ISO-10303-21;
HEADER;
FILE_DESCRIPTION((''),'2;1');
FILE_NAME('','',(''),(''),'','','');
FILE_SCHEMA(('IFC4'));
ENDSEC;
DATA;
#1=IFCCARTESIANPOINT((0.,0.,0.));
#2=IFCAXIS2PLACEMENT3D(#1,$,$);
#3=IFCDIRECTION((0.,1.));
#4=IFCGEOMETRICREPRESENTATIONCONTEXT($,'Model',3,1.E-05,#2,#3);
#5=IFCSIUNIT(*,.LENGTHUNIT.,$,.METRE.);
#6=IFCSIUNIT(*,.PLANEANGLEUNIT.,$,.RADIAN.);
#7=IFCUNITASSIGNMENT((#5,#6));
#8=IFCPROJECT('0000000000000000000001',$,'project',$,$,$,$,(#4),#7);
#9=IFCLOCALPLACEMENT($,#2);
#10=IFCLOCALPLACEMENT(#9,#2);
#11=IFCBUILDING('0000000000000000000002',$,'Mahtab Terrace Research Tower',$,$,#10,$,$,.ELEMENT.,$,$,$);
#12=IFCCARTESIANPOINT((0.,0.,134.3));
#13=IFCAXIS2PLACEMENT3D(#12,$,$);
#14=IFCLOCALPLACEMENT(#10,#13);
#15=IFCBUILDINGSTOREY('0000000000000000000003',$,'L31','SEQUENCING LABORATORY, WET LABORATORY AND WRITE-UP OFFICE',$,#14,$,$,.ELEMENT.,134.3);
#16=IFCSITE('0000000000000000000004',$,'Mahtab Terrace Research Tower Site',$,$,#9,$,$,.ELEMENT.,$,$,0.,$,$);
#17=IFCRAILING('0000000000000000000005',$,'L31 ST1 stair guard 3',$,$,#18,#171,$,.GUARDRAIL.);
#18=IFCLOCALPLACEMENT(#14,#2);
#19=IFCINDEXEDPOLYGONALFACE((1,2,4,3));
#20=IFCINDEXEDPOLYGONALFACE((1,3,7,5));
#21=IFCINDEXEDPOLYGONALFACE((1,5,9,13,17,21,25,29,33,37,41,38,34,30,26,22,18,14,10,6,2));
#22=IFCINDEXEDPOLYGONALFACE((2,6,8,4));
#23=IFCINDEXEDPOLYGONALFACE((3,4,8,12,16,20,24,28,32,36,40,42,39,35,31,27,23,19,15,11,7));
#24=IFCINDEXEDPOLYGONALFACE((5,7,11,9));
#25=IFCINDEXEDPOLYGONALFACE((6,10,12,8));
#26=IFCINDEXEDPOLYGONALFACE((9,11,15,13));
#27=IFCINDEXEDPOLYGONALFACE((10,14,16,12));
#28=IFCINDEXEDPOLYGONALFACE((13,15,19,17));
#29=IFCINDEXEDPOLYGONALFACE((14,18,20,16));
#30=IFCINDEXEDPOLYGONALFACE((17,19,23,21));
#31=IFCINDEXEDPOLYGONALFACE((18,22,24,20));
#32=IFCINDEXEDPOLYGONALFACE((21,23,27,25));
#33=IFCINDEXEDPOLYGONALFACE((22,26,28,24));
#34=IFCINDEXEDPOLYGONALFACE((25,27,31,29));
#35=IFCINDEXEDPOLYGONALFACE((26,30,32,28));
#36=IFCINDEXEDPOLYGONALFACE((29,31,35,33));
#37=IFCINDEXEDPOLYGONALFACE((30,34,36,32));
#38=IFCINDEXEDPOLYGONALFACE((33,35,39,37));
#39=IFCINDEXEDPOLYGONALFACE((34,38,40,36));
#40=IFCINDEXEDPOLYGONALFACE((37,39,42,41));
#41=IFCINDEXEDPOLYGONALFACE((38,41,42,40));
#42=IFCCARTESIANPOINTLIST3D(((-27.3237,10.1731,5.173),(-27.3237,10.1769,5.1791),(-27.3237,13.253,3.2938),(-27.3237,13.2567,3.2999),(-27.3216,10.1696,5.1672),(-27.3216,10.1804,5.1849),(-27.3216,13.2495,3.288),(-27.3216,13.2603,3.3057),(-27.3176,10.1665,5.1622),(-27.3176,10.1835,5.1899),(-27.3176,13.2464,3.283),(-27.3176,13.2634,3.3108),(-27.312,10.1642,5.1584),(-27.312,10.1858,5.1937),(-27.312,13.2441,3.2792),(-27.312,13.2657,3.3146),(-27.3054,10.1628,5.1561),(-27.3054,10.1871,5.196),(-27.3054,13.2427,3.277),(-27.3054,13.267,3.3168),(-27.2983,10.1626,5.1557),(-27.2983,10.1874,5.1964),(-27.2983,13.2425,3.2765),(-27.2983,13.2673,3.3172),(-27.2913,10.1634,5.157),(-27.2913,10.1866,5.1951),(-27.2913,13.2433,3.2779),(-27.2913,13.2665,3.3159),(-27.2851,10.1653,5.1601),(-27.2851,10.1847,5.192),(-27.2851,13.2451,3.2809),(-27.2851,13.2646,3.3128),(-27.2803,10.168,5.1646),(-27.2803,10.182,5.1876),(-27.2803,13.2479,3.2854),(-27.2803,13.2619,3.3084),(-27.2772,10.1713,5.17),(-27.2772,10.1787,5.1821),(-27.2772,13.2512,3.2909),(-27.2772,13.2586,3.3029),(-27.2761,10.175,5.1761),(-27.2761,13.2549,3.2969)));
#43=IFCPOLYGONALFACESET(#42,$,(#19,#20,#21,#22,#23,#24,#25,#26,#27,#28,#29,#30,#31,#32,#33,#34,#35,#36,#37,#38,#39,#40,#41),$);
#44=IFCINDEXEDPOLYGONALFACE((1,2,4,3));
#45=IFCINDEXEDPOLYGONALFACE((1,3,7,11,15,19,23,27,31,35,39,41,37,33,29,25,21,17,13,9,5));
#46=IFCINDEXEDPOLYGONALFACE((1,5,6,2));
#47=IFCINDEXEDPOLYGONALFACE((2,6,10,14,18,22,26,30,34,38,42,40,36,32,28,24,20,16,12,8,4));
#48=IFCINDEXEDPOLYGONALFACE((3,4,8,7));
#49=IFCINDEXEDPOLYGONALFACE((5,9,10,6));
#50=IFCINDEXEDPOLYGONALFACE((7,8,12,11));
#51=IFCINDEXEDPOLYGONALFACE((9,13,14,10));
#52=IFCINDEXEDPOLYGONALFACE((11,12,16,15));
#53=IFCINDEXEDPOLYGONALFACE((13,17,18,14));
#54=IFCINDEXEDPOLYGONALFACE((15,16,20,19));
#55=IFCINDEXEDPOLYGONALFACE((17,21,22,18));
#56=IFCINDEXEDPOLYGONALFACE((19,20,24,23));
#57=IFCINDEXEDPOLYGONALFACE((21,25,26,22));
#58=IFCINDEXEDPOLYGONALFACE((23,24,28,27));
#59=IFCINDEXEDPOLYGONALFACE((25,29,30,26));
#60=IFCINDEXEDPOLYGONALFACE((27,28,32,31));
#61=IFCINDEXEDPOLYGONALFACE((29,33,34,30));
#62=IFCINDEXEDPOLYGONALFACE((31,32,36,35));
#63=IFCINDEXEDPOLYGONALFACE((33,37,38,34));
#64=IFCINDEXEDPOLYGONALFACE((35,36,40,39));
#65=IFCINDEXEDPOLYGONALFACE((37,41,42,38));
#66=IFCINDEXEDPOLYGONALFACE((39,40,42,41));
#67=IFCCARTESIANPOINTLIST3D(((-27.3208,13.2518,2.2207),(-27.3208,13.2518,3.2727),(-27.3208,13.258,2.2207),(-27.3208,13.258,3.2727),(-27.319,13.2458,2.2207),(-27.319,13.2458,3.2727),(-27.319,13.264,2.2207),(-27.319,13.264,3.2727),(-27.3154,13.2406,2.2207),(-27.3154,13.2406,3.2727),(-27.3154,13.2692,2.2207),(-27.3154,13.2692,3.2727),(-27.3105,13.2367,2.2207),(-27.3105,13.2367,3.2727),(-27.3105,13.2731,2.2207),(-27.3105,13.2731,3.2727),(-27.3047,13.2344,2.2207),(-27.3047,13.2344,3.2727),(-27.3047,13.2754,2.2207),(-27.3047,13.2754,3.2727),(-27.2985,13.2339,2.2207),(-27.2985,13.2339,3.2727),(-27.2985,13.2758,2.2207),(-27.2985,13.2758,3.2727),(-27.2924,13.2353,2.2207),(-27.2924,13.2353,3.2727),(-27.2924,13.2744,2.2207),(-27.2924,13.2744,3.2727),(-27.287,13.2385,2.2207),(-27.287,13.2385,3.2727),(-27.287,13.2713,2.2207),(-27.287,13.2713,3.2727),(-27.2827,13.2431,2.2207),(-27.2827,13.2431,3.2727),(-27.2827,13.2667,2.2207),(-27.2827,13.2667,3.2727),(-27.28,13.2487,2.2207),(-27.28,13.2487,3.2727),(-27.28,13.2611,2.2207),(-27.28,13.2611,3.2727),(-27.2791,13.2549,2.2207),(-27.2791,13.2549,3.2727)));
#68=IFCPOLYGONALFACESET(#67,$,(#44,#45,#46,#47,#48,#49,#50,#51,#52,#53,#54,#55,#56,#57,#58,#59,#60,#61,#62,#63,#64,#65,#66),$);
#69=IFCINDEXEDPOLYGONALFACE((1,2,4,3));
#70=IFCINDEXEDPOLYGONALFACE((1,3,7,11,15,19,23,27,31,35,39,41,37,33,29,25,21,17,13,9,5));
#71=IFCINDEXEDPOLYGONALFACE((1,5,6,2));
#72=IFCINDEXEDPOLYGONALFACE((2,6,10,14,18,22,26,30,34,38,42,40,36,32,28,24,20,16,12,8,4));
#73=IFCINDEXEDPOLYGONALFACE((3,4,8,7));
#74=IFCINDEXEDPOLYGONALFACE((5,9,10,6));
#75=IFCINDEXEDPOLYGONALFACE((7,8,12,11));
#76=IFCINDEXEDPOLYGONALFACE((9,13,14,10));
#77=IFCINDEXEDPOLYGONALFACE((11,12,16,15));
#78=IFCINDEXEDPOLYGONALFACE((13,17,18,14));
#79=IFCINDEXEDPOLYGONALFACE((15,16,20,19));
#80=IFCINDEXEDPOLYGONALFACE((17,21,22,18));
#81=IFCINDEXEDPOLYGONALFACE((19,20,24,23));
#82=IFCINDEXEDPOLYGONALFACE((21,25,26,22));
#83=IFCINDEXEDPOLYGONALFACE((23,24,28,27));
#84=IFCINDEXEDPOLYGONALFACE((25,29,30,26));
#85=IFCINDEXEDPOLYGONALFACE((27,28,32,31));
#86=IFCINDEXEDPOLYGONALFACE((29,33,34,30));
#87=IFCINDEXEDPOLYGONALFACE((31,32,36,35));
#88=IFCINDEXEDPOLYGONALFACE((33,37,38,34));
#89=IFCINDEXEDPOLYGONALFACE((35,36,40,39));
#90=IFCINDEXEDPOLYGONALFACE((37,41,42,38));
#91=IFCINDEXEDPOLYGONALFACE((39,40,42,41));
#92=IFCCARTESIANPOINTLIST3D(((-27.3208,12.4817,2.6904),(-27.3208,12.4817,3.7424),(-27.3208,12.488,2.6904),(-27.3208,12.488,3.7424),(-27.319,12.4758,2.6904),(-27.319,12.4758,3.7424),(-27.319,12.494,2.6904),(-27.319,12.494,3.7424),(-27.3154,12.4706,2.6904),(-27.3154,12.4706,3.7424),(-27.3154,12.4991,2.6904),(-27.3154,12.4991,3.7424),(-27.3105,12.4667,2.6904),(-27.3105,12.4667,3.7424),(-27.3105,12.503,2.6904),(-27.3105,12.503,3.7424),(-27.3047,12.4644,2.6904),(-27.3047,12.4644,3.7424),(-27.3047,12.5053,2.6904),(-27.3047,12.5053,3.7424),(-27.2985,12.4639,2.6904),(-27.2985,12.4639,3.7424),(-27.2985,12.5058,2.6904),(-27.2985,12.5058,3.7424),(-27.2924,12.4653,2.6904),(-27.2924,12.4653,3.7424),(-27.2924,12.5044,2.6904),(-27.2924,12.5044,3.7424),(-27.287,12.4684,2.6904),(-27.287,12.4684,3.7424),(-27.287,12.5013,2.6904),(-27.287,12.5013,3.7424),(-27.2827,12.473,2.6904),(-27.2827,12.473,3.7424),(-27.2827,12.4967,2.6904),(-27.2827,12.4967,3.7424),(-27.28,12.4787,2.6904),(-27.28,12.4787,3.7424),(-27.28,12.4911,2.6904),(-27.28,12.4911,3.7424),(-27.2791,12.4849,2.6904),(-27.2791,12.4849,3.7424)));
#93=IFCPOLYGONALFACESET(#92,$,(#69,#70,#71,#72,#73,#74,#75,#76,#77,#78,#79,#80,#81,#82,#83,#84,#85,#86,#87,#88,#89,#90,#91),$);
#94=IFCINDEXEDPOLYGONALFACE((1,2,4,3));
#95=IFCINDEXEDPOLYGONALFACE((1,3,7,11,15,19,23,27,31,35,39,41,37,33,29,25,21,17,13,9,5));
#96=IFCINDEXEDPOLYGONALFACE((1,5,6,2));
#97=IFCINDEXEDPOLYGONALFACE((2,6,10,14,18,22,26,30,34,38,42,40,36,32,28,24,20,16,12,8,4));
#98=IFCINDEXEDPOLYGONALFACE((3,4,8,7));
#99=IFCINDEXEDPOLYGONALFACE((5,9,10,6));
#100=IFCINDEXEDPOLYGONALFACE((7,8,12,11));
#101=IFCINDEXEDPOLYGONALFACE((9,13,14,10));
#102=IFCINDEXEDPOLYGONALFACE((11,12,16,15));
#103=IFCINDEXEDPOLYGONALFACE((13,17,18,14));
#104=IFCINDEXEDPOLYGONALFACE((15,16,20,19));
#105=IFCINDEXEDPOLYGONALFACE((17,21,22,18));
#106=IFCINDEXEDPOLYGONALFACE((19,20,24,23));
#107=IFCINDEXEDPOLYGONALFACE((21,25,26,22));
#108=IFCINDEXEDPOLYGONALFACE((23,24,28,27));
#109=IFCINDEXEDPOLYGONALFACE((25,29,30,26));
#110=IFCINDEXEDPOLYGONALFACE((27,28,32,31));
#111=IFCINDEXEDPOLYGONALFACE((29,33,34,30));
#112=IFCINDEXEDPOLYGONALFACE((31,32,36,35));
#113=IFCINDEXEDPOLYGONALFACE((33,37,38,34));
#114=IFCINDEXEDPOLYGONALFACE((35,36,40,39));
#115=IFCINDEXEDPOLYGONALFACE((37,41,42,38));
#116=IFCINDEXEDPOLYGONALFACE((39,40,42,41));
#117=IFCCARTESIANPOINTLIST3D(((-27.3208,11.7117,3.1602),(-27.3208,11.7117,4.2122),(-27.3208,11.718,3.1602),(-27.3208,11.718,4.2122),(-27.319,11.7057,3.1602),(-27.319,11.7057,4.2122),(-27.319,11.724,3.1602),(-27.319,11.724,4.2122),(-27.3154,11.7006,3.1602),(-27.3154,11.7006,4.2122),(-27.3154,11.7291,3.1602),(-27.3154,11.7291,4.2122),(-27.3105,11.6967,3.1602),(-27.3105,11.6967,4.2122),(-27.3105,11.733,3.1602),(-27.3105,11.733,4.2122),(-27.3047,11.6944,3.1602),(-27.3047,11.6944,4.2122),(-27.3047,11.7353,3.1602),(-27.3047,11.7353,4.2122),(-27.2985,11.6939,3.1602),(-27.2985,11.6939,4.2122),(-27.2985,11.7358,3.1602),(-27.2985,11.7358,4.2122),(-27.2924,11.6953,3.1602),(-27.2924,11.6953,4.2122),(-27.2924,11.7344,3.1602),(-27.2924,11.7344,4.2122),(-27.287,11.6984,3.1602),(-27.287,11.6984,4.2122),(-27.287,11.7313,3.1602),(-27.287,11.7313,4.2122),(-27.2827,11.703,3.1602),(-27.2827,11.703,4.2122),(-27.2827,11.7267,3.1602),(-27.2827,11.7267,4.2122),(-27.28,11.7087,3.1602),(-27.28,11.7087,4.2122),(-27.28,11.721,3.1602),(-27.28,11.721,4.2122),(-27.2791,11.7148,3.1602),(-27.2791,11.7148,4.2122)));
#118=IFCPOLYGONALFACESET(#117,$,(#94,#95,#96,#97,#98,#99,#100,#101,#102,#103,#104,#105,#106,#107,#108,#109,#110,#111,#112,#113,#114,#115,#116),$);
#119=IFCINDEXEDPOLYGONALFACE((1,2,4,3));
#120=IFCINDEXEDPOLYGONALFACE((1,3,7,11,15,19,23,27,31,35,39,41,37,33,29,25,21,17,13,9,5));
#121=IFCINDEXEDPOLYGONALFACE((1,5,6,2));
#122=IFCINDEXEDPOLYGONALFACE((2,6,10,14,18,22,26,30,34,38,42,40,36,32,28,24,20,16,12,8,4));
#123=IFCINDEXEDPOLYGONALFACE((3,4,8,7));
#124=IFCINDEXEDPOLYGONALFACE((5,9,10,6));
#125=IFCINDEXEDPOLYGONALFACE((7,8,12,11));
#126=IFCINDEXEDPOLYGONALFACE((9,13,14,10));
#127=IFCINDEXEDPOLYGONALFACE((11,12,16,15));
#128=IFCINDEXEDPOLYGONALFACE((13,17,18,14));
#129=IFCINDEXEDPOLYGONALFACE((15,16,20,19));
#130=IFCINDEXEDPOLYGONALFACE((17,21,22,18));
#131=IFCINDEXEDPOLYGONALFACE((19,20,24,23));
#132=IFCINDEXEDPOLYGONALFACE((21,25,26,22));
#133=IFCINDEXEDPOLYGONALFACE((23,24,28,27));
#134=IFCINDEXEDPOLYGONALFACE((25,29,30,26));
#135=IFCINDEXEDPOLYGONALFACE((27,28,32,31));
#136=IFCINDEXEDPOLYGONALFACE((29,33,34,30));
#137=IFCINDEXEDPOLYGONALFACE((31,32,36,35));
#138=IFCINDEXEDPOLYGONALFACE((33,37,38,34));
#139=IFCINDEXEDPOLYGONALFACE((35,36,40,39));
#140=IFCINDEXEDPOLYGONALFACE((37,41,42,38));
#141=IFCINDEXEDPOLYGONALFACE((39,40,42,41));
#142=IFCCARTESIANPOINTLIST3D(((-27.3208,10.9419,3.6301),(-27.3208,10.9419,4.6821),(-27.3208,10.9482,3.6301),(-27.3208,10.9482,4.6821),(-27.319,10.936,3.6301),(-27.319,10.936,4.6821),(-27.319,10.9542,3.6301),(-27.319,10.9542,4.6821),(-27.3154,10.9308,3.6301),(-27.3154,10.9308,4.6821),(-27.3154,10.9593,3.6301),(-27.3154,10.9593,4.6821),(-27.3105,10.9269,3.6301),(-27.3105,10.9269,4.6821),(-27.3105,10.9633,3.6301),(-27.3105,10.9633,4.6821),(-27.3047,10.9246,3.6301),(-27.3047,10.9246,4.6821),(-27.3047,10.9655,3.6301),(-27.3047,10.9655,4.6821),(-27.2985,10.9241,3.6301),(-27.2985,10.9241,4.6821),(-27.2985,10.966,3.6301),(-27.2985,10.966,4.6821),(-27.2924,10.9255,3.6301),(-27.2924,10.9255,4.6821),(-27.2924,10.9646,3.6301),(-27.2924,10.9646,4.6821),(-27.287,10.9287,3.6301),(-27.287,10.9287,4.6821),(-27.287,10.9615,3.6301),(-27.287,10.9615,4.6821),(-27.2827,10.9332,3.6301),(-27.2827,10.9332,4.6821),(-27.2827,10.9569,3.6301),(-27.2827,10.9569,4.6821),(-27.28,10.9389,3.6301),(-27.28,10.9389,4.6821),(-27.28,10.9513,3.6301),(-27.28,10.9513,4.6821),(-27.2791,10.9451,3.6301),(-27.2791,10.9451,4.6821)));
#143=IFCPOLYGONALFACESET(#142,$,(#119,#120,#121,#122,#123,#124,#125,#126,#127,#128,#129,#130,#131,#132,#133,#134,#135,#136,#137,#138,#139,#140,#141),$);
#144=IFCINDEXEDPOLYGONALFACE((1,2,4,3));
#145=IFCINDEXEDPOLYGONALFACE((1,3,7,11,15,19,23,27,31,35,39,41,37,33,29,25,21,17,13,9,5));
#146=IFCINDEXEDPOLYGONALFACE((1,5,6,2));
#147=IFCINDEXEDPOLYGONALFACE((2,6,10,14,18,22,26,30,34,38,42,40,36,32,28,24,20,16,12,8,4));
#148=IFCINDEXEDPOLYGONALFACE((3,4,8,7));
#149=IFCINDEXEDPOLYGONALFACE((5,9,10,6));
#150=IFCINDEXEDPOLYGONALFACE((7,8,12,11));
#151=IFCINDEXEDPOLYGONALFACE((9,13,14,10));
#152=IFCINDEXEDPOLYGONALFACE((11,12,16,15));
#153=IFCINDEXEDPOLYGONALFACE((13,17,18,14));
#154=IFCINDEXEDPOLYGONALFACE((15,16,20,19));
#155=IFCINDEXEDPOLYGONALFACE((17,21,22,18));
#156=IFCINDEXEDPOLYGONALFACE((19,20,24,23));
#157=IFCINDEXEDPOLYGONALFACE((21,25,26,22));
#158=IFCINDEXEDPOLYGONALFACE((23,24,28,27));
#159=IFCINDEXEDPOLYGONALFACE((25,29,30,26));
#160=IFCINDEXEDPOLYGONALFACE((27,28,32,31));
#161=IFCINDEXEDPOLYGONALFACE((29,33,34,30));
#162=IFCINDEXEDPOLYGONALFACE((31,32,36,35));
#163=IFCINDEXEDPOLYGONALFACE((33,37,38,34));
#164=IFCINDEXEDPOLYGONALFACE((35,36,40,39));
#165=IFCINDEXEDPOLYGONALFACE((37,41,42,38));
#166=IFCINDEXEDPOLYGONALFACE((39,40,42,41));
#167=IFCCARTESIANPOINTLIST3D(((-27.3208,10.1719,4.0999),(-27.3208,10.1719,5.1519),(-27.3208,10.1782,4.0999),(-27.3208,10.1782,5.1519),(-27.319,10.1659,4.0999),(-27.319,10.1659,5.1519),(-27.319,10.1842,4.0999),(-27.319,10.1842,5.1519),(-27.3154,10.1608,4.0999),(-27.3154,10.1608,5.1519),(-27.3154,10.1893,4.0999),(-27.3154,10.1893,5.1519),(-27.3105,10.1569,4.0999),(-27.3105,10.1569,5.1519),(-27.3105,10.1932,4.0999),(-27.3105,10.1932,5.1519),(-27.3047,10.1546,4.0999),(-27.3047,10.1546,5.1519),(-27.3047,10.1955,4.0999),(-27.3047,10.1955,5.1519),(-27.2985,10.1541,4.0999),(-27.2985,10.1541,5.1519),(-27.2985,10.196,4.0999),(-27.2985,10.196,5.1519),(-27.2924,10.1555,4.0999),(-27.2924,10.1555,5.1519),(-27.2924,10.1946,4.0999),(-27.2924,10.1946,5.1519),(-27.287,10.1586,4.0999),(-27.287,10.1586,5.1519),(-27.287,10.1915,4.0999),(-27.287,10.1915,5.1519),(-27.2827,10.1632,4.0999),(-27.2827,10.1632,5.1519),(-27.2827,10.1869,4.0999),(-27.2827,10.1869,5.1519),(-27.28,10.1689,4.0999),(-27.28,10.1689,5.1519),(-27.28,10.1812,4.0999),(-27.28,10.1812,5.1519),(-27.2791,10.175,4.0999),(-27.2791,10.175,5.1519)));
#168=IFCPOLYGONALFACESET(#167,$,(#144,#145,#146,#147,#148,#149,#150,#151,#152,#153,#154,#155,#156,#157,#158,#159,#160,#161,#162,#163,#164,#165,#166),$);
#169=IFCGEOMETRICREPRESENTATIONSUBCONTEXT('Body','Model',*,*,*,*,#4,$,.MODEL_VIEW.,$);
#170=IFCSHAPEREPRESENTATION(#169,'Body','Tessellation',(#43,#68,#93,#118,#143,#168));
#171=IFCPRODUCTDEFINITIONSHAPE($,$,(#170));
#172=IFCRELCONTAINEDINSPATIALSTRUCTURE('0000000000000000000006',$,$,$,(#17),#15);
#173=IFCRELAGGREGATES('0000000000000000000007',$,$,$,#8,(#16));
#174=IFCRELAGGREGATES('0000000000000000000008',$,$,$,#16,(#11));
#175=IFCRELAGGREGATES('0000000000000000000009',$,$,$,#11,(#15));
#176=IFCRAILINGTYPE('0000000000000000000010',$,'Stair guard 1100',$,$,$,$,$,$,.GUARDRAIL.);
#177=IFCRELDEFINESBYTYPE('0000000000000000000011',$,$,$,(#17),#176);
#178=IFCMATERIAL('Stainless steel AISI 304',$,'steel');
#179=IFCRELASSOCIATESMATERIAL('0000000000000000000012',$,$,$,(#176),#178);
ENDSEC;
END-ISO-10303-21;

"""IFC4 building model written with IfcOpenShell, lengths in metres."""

from ifc_helpers import new_model, si_unit, direction, frame, origin, origin_2d, place, context, subcontext, project, spatial, circle, extrude, material, type_object, element, save


model = new_model("IFC4")

# Units and contexts
model_context = context("Model", 3, precision=1e-05, world=origin(), true_north=direction((0.0, 1.0)))
body_context = subcontext(model_context, "Body", "Model", "MODEL_VIEW")
ifc_project = project(units=[si_unit("LENGTHUNIT", "METRE"), si_unit("PLANEANGLEUNIT", "RADIAN")], contexts=[model_context])

# Site, building, storey
site_placement = place(None, origin())
site = spatial("IfcSite", under=ifc_project, at=site_placement, Name="Mahtab Terrace Research Tower Site", CompositionType="ELEMENT", RefElevation=0.0)
building_placement = place(site_placement, origin())
building = spatial("IfcBuilding", under=site, at=building_placement, Name="Mahtab Terrace Research Tower", CompositionType="ELEMENT")
storey_placement = place(building_placement, frame((0.0, 0.0, 134.3)))
storey = spatial("IfcBuildingStorey", under=building, at=storey_placement, Name="L31", Description="SEQUENCING LABORATORY, WET LABORATORY AND WRITE-UP OFFICE", CompositionType="ELEMENT", Elevation=134.3)

# Railing
ifc_material_1 = material(Name="Stainless steel AISI 304", Category="steel")
railing_type_1 = type_object("IfcRailingType", Name="Stair guard 1100", PredefinedType="GUARDRAIL", material=ifc_material_1)
railing_1_placement = place(storey_placement, frame((-27.3, 13.2549, 2.2207)))
element("IfcRailing", 1, at=railing_1_placement, inside=storey, type_object=railing_type_1, Name="L31 ST1 stair guard 3", PredefinedType="GUARDRAIL", context=body_context, shape_type="SweptSolid", body=[
    extrude(circle(Radius=0.0239, at=origin_2d()), frame((0.0, 0.0, 1.0762), z_axis=(0.0, -0.853648, 0.52085), x_axis=(1.0, 0.0, 0.0)), (0.0, 0.0, 1.0), 3.6079),
    extrude(circle(Radius=0.021, at=origin_2d()), origin(), (0.0, 0.0, 1.0), 1.052),
    extrude(circle(Radius=0.021, at=origin_2d()), frame((0.0, -0.77, 0.4697)), (0.0, 0.0, 1.0), 1.052),
    extrude(circle(Radius=0.021, at=origin_2d()), frame((0.0, -1.54, 0.9395)), (0.0, 0.0, 1.0), 1.052),
    extrude(circle(Radius=0.021, at=origin_2d()), frame((0.0, -2.3098, 1.4094)), (0.0, 0.0, 1.0), 1.052),
    extrude(circle(Radius=0.021, at=origin_2d()), frame((0.0, -3.0798, 1.8792)), (0.0, 0.0, 1.0), 1.052),
])

save(model, "model.ifc")
